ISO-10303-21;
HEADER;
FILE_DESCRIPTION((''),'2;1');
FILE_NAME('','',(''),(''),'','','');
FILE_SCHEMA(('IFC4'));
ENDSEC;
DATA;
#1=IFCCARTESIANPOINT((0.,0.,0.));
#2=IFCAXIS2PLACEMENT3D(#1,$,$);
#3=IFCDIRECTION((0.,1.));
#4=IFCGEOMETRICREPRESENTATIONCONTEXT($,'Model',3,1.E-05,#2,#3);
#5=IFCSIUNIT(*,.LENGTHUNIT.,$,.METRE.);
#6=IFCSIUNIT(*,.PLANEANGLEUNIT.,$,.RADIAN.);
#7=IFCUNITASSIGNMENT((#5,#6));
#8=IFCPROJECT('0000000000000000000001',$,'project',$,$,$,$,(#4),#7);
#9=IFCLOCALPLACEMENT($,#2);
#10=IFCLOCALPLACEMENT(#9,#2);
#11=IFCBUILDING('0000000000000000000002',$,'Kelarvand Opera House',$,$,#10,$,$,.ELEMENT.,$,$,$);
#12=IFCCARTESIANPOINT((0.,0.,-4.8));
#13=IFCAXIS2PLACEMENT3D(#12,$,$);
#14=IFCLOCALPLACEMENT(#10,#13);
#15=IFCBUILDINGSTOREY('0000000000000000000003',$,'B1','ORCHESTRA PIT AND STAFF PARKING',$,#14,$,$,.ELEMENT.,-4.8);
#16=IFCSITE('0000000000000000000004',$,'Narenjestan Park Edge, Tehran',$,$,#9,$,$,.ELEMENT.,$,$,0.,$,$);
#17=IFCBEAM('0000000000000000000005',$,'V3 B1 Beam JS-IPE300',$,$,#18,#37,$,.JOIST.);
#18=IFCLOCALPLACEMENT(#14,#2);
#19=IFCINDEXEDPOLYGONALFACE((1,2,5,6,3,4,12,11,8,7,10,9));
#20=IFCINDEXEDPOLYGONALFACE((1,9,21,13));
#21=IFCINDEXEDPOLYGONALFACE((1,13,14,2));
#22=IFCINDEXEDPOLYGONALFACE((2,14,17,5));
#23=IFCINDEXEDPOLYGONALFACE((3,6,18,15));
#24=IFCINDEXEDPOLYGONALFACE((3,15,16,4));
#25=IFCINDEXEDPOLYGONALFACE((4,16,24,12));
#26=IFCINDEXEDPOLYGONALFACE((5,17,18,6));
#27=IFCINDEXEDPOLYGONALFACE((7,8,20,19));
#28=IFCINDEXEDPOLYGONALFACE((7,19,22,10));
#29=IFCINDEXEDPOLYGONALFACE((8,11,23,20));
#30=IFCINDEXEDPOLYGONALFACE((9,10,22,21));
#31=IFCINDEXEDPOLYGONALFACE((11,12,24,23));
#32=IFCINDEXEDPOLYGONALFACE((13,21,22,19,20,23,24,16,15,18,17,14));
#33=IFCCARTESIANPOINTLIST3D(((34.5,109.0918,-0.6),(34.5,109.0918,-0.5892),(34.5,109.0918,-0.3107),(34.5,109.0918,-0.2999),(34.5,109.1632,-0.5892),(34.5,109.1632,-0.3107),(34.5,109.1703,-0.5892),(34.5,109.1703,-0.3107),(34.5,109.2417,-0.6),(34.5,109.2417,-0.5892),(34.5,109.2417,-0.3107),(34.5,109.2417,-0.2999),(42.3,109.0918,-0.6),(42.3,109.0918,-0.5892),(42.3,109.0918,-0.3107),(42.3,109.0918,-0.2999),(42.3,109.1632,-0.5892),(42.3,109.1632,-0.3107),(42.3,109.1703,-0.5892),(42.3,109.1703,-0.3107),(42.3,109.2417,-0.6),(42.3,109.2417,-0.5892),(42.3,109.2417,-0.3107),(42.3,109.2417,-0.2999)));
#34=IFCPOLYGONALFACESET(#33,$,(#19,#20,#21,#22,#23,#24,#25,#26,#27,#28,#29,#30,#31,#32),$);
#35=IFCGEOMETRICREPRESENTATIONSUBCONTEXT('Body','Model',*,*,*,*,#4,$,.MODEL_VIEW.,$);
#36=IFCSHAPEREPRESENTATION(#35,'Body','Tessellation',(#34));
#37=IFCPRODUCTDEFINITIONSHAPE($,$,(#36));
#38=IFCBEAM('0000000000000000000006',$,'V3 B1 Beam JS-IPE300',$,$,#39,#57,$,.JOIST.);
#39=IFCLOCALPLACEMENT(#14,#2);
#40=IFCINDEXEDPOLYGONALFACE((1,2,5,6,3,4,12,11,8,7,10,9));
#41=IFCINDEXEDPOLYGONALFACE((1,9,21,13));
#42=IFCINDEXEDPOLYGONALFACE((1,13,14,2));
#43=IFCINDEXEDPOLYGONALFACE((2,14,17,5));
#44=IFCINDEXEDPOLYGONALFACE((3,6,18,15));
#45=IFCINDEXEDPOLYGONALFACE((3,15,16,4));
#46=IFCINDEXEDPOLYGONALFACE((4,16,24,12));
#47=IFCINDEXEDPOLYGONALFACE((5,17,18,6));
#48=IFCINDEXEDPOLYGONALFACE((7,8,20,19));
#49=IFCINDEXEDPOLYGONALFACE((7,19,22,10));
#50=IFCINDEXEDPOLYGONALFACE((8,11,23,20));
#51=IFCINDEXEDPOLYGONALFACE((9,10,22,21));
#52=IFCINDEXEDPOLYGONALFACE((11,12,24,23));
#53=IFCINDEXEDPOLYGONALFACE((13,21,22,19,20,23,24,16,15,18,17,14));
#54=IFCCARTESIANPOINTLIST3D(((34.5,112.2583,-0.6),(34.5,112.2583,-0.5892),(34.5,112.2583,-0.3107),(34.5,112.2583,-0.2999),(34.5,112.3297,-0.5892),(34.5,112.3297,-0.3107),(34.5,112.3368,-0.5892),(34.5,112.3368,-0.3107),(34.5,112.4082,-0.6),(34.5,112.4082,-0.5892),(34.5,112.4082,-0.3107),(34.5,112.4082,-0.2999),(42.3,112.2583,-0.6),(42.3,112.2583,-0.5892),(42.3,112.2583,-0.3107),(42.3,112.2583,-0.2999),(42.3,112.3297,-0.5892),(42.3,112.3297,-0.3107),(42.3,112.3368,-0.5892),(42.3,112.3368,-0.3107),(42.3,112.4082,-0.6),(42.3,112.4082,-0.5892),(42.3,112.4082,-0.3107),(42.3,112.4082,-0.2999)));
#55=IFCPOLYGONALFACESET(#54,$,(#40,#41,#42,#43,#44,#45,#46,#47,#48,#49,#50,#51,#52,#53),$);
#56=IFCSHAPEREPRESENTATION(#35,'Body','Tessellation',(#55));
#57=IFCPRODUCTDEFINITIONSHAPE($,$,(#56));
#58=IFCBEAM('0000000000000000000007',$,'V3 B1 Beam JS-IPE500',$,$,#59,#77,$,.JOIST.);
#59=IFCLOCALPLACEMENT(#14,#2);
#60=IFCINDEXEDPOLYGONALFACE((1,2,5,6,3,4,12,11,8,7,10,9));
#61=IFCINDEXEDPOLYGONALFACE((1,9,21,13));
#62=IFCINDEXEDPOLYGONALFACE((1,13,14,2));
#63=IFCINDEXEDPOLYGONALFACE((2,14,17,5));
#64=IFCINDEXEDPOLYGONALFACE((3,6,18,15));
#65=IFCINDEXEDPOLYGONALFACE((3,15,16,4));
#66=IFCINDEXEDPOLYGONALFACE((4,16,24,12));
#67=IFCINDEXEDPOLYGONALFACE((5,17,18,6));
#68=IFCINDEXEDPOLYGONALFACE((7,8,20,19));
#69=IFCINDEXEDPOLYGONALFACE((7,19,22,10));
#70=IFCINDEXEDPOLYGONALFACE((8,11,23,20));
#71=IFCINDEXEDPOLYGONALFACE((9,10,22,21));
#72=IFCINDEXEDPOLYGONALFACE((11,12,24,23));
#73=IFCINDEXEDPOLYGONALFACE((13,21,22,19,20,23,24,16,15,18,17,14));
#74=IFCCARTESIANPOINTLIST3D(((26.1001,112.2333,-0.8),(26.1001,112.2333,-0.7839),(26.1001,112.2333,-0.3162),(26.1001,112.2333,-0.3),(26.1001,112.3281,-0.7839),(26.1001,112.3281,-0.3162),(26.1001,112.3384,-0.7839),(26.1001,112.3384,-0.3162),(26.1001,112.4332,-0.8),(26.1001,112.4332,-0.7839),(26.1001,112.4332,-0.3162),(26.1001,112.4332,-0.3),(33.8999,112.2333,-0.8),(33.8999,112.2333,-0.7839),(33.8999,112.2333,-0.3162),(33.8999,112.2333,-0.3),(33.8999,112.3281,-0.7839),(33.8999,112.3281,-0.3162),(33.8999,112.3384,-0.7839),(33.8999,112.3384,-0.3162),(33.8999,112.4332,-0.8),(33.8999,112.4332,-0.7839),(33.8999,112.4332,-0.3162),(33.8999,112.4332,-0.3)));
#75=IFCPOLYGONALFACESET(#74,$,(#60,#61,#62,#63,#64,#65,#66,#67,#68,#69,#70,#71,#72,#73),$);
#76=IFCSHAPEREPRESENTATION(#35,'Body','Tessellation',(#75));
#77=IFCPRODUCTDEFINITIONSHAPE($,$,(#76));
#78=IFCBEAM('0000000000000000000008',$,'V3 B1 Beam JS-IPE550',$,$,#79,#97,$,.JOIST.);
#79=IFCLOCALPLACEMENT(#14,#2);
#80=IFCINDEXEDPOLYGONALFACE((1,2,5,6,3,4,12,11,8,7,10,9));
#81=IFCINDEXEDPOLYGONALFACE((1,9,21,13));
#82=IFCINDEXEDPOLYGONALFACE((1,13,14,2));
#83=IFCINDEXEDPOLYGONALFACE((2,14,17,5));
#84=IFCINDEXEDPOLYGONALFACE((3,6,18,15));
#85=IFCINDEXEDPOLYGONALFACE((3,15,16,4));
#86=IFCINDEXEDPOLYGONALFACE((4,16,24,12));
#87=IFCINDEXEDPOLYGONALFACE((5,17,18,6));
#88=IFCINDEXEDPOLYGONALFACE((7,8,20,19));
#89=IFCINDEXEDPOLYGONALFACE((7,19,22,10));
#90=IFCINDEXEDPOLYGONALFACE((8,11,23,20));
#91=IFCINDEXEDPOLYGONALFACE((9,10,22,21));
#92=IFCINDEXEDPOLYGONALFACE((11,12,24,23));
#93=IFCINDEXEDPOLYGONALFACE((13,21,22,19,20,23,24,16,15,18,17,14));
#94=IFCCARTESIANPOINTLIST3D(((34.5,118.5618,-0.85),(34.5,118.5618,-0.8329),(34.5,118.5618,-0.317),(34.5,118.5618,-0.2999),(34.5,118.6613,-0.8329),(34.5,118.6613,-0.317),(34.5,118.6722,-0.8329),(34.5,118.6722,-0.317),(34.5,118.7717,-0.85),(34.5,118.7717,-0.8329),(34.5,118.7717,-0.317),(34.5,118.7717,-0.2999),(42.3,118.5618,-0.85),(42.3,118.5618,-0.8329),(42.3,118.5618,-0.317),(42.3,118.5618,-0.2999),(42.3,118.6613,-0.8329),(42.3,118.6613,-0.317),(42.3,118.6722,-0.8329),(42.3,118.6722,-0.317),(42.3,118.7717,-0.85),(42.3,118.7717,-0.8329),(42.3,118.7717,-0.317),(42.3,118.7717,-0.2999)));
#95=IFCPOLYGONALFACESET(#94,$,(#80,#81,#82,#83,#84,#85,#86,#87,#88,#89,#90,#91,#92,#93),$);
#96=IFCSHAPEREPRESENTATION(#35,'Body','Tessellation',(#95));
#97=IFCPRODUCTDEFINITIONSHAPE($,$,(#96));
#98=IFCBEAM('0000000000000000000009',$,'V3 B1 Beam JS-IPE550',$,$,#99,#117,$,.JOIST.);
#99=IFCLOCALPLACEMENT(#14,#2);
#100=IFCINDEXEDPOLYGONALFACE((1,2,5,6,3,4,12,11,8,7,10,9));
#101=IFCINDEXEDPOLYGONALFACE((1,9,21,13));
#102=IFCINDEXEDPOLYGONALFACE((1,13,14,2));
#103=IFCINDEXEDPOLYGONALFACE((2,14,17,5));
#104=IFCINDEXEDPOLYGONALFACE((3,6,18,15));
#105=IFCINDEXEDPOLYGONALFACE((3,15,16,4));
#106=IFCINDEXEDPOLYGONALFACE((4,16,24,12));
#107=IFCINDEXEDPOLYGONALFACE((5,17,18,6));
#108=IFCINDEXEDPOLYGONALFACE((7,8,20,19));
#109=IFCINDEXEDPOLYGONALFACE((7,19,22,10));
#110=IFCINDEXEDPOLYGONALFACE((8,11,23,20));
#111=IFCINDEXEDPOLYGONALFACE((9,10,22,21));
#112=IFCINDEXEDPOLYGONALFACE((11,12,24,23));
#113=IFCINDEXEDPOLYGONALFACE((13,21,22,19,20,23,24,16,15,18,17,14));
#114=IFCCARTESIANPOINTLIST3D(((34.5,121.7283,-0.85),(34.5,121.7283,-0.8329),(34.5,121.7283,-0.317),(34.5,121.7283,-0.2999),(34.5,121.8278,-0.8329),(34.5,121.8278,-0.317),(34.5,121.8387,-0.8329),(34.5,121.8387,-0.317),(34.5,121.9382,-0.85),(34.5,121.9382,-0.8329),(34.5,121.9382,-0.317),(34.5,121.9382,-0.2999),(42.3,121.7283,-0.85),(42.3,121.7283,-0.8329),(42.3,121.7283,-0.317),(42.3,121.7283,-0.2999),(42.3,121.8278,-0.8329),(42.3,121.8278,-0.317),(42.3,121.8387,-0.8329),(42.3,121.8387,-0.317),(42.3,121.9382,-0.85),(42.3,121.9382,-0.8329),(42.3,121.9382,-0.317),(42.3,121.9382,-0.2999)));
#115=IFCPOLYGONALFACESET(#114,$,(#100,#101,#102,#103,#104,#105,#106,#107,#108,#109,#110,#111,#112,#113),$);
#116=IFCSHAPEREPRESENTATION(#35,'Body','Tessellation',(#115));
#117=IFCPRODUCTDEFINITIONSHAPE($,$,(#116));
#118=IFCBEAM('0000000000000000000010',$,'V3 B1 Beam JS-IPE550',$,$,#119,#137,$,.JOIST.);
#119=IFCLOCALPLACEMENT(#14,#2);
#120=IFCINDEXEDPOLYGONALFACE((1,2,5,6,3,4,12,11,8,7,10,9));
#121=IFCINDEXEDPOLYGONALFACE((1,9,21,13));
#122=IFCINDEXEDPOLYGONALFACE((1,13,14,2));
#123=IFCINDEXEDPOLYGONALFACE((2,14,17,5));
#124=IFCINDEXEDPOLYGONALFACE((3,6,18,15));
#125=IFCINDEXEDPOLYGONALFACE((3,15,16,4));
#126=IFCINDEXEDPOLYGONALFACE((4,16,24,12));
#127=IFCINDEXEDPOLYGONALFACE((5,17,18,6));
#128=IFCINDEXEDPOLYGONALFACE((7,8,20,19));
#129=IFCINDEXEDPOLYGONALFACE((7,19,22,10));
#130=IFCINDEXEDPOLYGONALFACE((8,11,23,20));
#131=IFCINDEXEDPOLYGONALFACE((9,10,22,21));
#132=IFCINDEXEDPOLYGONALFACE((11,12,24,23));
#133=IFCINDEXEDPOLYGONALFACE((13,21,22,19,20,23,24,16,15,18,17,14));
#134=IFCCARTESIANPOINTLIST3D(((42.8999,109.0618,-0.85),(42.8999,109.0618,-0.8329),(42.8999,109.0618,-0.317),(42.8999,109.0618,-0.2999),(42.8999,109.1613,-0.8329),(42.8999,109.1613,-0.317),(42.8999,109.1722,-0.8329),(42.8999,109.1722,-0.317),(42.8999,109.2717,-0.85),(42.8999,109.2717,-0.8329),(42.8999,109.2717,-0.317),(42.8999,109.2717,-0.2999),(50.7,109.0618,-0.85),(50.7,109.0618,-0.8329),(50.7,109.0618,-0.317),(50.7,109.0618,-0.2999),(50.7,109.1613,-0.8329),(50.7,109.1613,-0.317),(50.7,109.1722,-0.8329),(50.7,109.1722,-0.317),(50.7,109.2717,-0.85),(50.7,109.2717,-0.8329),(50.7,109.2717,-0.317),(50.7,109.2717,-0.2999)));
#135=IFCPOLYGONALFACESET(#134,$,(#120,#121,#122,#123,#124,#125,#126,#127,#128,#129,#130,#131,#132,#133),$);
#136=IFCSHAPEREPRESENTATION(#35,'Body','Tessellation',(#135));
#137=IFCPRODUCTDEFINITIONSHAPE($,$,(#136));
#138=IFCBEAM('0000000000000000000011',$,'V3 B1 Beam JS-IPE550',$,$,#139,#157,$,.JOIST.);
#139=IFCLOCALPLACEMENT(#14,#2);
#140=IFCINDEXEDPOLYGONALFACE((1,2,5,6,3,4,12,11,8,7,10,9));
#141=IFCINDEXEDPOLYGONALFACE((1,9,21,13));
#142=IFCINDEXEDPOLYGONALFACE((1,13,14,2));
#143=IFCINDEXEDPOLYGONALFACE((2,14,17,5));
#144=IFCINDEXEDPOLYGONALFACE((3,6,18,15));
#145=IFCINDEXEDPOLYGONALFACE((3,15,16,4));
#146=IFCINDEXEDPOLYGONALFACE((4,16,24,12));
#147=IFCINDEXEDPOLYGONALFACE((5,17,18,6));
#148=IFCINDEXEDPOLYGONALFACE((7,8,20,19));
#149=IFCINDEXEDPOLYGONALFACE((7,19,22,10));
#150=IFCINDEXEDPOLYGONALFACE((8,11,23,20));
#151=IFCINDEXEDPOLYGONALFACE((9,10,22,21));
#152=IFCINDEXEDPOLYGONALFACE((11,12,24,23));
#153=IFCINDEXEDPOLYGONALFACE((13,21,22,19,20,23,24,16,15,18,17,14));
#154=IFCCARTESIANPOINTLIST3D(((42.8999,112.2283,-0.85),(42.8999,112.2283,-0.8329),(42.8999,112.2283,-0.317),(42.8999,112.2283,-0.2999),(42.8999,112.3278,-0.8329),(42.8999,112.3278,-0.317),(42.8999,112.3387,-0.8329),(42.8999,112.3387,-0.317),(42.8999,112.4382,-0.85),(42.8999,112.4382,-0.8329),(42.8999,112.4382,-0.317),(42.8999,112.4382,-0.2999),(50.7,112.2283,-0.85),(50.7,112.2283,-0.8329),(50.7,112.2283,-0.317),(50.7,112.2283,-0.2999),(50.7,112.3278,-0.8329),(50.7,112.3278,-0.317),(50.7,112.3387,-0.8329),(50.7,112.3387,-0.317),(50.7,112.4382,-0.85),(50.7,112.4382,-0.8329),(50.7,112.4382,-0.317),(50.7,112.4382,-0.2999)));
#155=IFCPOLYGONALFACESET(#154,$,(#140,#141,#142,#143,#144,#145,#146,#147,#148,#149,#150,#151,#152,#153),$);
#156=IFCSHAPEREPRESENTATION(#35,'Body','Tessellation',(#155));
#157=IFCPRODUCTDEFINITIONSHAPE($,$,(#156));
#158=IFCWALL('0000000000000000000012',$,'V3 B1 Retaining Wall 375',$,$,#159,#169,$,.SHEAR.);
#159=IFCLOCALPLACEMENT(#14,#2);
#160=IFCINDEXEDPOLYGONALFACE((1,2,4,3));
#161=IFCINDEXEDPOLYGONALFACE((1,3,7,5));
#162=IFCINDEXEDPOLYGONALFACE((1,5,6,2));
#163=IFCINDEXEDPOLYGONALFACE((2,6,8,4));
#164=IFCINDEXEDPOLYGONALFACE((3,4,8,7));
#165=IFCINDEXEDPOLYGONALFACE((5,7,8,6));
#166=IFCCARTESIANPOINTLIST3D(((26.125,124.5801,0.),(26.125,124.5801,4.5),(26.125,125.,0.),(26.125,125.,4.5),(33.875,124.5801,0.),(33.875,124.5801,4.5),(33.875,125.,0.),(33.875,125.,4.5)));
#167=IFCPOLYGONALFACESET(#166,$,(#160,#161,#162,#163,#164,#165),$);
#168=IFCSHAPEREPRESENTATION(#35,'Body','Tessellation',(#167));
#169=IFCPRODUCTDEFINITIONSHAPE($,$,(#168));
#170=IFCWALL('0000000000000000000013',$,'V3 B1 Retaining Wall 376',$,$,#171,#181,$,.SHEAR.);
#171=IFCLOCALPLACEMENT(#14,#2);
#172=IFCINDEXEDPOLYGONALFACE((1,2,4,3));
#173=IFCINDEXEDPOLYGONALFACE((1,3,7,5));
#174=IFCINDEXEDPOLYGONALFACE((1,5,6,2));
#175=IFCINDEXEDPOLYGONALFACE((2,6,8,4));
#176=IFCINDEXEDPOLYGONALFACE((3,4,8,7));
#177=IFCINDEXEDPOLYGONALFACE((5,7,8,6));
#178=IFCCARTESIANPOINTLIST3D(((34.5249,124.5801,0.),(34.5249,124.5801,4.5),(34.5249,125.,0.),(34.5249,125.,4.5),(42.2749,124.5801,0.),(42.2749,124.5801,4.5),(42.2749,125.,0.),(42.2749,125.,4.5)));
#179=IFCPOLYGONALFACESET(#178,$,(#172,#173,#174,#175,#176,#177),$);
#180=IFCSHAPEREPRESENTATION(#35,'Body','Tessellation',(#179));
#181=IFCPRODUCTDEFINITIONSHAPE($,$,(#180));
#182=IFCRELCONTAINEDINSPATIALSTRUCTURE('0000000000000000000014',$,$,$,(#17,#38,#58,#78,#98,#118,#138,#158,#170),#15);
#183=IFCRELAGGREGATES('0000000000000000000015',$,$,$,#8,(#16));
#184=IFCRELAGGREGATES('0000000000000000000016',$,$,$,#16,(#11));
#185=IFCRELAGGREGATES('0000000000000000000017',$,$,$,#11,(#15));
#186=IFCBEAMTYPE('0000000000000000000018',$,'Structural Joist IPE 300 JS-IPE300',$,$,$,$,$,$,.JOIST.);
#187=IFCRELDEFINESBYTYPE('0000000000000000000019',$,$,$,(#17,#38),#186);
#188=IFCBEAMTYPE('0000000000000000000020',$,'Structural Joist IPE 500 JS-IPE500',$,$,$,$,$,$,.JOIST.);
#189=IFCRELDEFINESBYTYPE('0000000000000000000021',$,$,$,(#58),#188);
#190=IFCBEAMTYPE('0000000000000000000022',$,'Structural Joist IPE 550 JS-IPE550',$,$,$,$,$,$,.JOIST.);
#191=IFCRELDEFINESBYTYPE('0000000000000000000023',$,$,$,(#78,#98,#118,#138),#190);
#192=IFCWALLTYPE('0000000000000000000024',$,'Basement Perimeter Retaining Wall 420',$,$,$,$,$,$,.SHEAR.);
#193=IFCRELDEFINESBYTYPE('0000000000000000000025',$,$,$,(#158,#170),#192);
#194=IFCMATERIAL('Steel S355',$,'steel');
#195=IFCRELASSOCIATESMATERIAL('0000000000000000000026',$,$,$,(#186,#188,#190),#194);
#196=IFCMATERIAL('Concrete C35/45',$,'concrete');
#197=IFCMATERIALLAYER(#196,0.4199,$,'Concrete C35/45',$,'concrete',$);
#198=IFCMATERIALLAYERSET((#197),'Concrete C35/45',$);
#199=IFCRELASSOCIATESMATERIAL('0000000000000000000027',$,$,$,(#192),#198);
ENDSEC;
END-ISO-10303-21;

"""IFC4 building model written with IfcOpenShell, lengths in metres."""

from ifc_helpers import new_model, si_unit, direction, frame, frame_2d, origin, origin_2d, place, context, subcontext, project, spatial, rectangle, i_section, extrude, material, layer, layer_set, material_profile, profile_set, type_object, element, save


model = new_model("IFC4")

# Units and contexts
model_context = context("Model", 3, precision=1e-05, world=origin(), true_north=direction((0.0, 1.0)))
body_context = subcontext(model_context, "Body", "Model", "MODEL_VIEW")
ifc_project = project(units=[si_unit("LENGTHUNIT", "METRE"), si_unit("PLANEANGLEUNIT", "RADIAN")], contexts=[model_context])

# Site, building, storey
site_placement = place(None, origin())
site = spatial("IfcSite", under=ifc_project, at=site_placement, Name="Narenjestan Park Edge, Tehran", CompositionType="ELEMENT", RefElevation=0.0)
building_placement = place(site_placement, origin())
building = spatial("IfcBuilding", under=site, at=building_placement, Name="Kelarvand Opera House", CompositionType="ELEMENT")
storey_placement = place(building_placement, frame((0.0, 0.0, -4.8)))
storey = spatial("IfcBuildingStorey", under=building, at=storey_placement, Name="B1", Description="ORCHESTRA PIT AND STAFF PARKING", CompositionType="ELEMENT", Elevation=-4.8)

# Beams
ifc_material_1 = material(Name="Steel S355", Category="steel")
ifc_material_profile_1 = material_profile(ifc_material_1, i_section(OverallWidth=0.1499, OverallDepth=0.3, WebThickness=0.0071, FlangeThickness=0.0107, at=origin_2d()), Name="IPE 300", Category="steel")
ifc_profile_set_1 = profile_set([ifc_material_profile_1], Name="Steel S355")
beam_type_1 = type_object("IfcBeamType", Name="Structural Joist IPE 300 JS-IPE300", PredefinedType="JOIST", material=ifc_profile_set_1)
for number, where, z_axis, x_axis, name in (
    (1, (34.5, 109.1667, -0.45), (1.0, 0.0, 0.0), (0.0, 1.0, 0.0), "V3 B1 Beam JS-IPE300"),
    (2, (34.5, 112.3333, -0.45), (1.0, 0.0, 0.0), (0.0, 1.0, 0.0), "V3 B1 Beam JS-IPE300"),
):
    element("IfcBeam", number, at=place(storey_placement, frame(where, z_axis=z_axis, x_axis=x_axis)), inside=storey, type_object=beam_type_1, Name=name, PredefinedType="JOIST", context=body_context, shape_type="SweptSolid", body=[
        extrude(i_section(OverallWidth=0.1499, OverallDepth=0.3, WebThickness=0.0071, FlangeThickness=0.0107, at=origin_2d()), origin(), (0.0, 0.0, 1.0), 7.8),
    ])
ifc_material_profile_2 = material_profile(ifc_material_1, i_section(OverallWidth=0.2, OverallDepth=0.5, WebThickness=0.0103, FlangeThickness=0.0161, at=origin_2d()), Name="IPE 500", Category="steel")
ifc_profile_set_2 = profile_set([ifc_material_profile_2], Name="Steel S355")
beam_type_2 = type_object("IfcBeamType", Name="Structural Joist IPE 500 JS-IPE500", PredefinedType="JOIST", material=ifc_profile_set_2)
beam_placement = place(storey_placement, frame((26.1001, 112.3333, -0.55), z_axis=(1.0, 0.0, 0.0), x_axis=(0.0, 1.0, 0.0)))
element("IfcBeam", 3, at=beam_placement, inside=storey, type_object=beam_type_2, Name="V3 B1 Beam JS-IPE500", PredefinedType="JOIST", context=body_context, shape_type="SweptSolid", body=[
    extrude(i_section(OverallWidth=0.2, OverallDepth=0.5, WebThickness=0.0103, FlangeThickness=0.0161, at=origin_2d()), origin(), (0.0, 0.0, 1.0), 7.7998),
])
ifc_material_profile_3 = material_profile(ifc_material_1, i_section(OverallWidth=0.21, OverallDepth=0.55, WebThickness=0.011, FlangeThickness=0.0171, at=origin_2d()), Name="IPE 550", Category="steel")
ifc_profile_set_3 = profile_set([ifc_material_profile_3], Name="Steel S355")
beam_type_3 = type_object("IfcBeamType", Name="Structural Joist IPE 550 JS-IPE550", PredefinedType="JOIST", material=ifc_profile_set_3)
for number, where, z_axis, x_axis, name in (
    (4, (34.5, 118.6667, -0.575), (1.0, 0.0, 0.0), (0.0, 1.0, 0.0), "V3 B1 Beam JS-IPE550"),
    (5, (34.5, 121.8333, -0.575), (1.0, 0.0, 0.0), (0.0, 1.0, 0.0), "V3 B1 Beam JS-IPE550"),
    (6, (42.8999, 109.1667, -0.575), (1.0, 0.0, 0.0), (0.0, 1.0, 0.0), "V3 B1 Beam JS-IPE550"),
    (7, (42.8999, 112.3333, -0.575), (1.0, 0.0, 0.0), (0.0, 1.0, 0.0), "V3 B1 Beam JS-IPE550"),
):
    element("IfcBeam", number, at=place(storey_placement, frame(where, z_axis=z_axis, x_axis=x_axis)), inside=storey, type_object=beam_type_3, Name=name, PredefinedType="JOIST", context=body_context, shape_type="SweptSolid", body=[
        extrude(i_section(OverallWidth=0.21, OverallDepth=0.55, WebThickness=0.011, FlangeThickness=0.0171, at=origin_2d()), origin(), (0.0, 0.0, 1.0), 7.8),
    ])

# Walls
ifc_material_2 = material(Name="Concrete C35/45", Category="concrete")
ifc_layer = layer(ifc_material_2, 0.4199, Name="Concrete C35/45", Category="concrete")
ifc_layer_set = layer_set([ifc_layer], Name="Concrete C35/45")
wall_type = type_object("IfcWallType", Name="Basement Perimeter Retaining Wall 420", PredefinedType="SHEAR", material=ifc_layer_set)
for number, where, z_axis, x_axis, name in (
    (8, (26.125, 124.79, 0.0), (0.0, 0.0, 1.0), (1.0, 0.0, 0.0), "V3 B1 Retaining Wall 375"),
    (9, (34.5249, 124.79, 0.0), (0.0, 0.0, 1.0), (1.0, 0.0, 0.0), "V3 B1 Retaining Wall 376"),
):
    element("IfcWall", number, at=place(storey_placement, frame(where, z_axis=z_axis, x_axis=x_axis)), inside=storey, type_object=wall_type, Name=name, PredefinedType="SHEAR", context=body_context, shape_type="SweptSolid", body=[
        extrude(rectangle(XDim=7.75, YDim=0.4199, at=frame_2d((3.875, 0.0))), origin(), (0.0, 0.0, 1.0), 4.5),
    ])

save(model, "model.ifc")
